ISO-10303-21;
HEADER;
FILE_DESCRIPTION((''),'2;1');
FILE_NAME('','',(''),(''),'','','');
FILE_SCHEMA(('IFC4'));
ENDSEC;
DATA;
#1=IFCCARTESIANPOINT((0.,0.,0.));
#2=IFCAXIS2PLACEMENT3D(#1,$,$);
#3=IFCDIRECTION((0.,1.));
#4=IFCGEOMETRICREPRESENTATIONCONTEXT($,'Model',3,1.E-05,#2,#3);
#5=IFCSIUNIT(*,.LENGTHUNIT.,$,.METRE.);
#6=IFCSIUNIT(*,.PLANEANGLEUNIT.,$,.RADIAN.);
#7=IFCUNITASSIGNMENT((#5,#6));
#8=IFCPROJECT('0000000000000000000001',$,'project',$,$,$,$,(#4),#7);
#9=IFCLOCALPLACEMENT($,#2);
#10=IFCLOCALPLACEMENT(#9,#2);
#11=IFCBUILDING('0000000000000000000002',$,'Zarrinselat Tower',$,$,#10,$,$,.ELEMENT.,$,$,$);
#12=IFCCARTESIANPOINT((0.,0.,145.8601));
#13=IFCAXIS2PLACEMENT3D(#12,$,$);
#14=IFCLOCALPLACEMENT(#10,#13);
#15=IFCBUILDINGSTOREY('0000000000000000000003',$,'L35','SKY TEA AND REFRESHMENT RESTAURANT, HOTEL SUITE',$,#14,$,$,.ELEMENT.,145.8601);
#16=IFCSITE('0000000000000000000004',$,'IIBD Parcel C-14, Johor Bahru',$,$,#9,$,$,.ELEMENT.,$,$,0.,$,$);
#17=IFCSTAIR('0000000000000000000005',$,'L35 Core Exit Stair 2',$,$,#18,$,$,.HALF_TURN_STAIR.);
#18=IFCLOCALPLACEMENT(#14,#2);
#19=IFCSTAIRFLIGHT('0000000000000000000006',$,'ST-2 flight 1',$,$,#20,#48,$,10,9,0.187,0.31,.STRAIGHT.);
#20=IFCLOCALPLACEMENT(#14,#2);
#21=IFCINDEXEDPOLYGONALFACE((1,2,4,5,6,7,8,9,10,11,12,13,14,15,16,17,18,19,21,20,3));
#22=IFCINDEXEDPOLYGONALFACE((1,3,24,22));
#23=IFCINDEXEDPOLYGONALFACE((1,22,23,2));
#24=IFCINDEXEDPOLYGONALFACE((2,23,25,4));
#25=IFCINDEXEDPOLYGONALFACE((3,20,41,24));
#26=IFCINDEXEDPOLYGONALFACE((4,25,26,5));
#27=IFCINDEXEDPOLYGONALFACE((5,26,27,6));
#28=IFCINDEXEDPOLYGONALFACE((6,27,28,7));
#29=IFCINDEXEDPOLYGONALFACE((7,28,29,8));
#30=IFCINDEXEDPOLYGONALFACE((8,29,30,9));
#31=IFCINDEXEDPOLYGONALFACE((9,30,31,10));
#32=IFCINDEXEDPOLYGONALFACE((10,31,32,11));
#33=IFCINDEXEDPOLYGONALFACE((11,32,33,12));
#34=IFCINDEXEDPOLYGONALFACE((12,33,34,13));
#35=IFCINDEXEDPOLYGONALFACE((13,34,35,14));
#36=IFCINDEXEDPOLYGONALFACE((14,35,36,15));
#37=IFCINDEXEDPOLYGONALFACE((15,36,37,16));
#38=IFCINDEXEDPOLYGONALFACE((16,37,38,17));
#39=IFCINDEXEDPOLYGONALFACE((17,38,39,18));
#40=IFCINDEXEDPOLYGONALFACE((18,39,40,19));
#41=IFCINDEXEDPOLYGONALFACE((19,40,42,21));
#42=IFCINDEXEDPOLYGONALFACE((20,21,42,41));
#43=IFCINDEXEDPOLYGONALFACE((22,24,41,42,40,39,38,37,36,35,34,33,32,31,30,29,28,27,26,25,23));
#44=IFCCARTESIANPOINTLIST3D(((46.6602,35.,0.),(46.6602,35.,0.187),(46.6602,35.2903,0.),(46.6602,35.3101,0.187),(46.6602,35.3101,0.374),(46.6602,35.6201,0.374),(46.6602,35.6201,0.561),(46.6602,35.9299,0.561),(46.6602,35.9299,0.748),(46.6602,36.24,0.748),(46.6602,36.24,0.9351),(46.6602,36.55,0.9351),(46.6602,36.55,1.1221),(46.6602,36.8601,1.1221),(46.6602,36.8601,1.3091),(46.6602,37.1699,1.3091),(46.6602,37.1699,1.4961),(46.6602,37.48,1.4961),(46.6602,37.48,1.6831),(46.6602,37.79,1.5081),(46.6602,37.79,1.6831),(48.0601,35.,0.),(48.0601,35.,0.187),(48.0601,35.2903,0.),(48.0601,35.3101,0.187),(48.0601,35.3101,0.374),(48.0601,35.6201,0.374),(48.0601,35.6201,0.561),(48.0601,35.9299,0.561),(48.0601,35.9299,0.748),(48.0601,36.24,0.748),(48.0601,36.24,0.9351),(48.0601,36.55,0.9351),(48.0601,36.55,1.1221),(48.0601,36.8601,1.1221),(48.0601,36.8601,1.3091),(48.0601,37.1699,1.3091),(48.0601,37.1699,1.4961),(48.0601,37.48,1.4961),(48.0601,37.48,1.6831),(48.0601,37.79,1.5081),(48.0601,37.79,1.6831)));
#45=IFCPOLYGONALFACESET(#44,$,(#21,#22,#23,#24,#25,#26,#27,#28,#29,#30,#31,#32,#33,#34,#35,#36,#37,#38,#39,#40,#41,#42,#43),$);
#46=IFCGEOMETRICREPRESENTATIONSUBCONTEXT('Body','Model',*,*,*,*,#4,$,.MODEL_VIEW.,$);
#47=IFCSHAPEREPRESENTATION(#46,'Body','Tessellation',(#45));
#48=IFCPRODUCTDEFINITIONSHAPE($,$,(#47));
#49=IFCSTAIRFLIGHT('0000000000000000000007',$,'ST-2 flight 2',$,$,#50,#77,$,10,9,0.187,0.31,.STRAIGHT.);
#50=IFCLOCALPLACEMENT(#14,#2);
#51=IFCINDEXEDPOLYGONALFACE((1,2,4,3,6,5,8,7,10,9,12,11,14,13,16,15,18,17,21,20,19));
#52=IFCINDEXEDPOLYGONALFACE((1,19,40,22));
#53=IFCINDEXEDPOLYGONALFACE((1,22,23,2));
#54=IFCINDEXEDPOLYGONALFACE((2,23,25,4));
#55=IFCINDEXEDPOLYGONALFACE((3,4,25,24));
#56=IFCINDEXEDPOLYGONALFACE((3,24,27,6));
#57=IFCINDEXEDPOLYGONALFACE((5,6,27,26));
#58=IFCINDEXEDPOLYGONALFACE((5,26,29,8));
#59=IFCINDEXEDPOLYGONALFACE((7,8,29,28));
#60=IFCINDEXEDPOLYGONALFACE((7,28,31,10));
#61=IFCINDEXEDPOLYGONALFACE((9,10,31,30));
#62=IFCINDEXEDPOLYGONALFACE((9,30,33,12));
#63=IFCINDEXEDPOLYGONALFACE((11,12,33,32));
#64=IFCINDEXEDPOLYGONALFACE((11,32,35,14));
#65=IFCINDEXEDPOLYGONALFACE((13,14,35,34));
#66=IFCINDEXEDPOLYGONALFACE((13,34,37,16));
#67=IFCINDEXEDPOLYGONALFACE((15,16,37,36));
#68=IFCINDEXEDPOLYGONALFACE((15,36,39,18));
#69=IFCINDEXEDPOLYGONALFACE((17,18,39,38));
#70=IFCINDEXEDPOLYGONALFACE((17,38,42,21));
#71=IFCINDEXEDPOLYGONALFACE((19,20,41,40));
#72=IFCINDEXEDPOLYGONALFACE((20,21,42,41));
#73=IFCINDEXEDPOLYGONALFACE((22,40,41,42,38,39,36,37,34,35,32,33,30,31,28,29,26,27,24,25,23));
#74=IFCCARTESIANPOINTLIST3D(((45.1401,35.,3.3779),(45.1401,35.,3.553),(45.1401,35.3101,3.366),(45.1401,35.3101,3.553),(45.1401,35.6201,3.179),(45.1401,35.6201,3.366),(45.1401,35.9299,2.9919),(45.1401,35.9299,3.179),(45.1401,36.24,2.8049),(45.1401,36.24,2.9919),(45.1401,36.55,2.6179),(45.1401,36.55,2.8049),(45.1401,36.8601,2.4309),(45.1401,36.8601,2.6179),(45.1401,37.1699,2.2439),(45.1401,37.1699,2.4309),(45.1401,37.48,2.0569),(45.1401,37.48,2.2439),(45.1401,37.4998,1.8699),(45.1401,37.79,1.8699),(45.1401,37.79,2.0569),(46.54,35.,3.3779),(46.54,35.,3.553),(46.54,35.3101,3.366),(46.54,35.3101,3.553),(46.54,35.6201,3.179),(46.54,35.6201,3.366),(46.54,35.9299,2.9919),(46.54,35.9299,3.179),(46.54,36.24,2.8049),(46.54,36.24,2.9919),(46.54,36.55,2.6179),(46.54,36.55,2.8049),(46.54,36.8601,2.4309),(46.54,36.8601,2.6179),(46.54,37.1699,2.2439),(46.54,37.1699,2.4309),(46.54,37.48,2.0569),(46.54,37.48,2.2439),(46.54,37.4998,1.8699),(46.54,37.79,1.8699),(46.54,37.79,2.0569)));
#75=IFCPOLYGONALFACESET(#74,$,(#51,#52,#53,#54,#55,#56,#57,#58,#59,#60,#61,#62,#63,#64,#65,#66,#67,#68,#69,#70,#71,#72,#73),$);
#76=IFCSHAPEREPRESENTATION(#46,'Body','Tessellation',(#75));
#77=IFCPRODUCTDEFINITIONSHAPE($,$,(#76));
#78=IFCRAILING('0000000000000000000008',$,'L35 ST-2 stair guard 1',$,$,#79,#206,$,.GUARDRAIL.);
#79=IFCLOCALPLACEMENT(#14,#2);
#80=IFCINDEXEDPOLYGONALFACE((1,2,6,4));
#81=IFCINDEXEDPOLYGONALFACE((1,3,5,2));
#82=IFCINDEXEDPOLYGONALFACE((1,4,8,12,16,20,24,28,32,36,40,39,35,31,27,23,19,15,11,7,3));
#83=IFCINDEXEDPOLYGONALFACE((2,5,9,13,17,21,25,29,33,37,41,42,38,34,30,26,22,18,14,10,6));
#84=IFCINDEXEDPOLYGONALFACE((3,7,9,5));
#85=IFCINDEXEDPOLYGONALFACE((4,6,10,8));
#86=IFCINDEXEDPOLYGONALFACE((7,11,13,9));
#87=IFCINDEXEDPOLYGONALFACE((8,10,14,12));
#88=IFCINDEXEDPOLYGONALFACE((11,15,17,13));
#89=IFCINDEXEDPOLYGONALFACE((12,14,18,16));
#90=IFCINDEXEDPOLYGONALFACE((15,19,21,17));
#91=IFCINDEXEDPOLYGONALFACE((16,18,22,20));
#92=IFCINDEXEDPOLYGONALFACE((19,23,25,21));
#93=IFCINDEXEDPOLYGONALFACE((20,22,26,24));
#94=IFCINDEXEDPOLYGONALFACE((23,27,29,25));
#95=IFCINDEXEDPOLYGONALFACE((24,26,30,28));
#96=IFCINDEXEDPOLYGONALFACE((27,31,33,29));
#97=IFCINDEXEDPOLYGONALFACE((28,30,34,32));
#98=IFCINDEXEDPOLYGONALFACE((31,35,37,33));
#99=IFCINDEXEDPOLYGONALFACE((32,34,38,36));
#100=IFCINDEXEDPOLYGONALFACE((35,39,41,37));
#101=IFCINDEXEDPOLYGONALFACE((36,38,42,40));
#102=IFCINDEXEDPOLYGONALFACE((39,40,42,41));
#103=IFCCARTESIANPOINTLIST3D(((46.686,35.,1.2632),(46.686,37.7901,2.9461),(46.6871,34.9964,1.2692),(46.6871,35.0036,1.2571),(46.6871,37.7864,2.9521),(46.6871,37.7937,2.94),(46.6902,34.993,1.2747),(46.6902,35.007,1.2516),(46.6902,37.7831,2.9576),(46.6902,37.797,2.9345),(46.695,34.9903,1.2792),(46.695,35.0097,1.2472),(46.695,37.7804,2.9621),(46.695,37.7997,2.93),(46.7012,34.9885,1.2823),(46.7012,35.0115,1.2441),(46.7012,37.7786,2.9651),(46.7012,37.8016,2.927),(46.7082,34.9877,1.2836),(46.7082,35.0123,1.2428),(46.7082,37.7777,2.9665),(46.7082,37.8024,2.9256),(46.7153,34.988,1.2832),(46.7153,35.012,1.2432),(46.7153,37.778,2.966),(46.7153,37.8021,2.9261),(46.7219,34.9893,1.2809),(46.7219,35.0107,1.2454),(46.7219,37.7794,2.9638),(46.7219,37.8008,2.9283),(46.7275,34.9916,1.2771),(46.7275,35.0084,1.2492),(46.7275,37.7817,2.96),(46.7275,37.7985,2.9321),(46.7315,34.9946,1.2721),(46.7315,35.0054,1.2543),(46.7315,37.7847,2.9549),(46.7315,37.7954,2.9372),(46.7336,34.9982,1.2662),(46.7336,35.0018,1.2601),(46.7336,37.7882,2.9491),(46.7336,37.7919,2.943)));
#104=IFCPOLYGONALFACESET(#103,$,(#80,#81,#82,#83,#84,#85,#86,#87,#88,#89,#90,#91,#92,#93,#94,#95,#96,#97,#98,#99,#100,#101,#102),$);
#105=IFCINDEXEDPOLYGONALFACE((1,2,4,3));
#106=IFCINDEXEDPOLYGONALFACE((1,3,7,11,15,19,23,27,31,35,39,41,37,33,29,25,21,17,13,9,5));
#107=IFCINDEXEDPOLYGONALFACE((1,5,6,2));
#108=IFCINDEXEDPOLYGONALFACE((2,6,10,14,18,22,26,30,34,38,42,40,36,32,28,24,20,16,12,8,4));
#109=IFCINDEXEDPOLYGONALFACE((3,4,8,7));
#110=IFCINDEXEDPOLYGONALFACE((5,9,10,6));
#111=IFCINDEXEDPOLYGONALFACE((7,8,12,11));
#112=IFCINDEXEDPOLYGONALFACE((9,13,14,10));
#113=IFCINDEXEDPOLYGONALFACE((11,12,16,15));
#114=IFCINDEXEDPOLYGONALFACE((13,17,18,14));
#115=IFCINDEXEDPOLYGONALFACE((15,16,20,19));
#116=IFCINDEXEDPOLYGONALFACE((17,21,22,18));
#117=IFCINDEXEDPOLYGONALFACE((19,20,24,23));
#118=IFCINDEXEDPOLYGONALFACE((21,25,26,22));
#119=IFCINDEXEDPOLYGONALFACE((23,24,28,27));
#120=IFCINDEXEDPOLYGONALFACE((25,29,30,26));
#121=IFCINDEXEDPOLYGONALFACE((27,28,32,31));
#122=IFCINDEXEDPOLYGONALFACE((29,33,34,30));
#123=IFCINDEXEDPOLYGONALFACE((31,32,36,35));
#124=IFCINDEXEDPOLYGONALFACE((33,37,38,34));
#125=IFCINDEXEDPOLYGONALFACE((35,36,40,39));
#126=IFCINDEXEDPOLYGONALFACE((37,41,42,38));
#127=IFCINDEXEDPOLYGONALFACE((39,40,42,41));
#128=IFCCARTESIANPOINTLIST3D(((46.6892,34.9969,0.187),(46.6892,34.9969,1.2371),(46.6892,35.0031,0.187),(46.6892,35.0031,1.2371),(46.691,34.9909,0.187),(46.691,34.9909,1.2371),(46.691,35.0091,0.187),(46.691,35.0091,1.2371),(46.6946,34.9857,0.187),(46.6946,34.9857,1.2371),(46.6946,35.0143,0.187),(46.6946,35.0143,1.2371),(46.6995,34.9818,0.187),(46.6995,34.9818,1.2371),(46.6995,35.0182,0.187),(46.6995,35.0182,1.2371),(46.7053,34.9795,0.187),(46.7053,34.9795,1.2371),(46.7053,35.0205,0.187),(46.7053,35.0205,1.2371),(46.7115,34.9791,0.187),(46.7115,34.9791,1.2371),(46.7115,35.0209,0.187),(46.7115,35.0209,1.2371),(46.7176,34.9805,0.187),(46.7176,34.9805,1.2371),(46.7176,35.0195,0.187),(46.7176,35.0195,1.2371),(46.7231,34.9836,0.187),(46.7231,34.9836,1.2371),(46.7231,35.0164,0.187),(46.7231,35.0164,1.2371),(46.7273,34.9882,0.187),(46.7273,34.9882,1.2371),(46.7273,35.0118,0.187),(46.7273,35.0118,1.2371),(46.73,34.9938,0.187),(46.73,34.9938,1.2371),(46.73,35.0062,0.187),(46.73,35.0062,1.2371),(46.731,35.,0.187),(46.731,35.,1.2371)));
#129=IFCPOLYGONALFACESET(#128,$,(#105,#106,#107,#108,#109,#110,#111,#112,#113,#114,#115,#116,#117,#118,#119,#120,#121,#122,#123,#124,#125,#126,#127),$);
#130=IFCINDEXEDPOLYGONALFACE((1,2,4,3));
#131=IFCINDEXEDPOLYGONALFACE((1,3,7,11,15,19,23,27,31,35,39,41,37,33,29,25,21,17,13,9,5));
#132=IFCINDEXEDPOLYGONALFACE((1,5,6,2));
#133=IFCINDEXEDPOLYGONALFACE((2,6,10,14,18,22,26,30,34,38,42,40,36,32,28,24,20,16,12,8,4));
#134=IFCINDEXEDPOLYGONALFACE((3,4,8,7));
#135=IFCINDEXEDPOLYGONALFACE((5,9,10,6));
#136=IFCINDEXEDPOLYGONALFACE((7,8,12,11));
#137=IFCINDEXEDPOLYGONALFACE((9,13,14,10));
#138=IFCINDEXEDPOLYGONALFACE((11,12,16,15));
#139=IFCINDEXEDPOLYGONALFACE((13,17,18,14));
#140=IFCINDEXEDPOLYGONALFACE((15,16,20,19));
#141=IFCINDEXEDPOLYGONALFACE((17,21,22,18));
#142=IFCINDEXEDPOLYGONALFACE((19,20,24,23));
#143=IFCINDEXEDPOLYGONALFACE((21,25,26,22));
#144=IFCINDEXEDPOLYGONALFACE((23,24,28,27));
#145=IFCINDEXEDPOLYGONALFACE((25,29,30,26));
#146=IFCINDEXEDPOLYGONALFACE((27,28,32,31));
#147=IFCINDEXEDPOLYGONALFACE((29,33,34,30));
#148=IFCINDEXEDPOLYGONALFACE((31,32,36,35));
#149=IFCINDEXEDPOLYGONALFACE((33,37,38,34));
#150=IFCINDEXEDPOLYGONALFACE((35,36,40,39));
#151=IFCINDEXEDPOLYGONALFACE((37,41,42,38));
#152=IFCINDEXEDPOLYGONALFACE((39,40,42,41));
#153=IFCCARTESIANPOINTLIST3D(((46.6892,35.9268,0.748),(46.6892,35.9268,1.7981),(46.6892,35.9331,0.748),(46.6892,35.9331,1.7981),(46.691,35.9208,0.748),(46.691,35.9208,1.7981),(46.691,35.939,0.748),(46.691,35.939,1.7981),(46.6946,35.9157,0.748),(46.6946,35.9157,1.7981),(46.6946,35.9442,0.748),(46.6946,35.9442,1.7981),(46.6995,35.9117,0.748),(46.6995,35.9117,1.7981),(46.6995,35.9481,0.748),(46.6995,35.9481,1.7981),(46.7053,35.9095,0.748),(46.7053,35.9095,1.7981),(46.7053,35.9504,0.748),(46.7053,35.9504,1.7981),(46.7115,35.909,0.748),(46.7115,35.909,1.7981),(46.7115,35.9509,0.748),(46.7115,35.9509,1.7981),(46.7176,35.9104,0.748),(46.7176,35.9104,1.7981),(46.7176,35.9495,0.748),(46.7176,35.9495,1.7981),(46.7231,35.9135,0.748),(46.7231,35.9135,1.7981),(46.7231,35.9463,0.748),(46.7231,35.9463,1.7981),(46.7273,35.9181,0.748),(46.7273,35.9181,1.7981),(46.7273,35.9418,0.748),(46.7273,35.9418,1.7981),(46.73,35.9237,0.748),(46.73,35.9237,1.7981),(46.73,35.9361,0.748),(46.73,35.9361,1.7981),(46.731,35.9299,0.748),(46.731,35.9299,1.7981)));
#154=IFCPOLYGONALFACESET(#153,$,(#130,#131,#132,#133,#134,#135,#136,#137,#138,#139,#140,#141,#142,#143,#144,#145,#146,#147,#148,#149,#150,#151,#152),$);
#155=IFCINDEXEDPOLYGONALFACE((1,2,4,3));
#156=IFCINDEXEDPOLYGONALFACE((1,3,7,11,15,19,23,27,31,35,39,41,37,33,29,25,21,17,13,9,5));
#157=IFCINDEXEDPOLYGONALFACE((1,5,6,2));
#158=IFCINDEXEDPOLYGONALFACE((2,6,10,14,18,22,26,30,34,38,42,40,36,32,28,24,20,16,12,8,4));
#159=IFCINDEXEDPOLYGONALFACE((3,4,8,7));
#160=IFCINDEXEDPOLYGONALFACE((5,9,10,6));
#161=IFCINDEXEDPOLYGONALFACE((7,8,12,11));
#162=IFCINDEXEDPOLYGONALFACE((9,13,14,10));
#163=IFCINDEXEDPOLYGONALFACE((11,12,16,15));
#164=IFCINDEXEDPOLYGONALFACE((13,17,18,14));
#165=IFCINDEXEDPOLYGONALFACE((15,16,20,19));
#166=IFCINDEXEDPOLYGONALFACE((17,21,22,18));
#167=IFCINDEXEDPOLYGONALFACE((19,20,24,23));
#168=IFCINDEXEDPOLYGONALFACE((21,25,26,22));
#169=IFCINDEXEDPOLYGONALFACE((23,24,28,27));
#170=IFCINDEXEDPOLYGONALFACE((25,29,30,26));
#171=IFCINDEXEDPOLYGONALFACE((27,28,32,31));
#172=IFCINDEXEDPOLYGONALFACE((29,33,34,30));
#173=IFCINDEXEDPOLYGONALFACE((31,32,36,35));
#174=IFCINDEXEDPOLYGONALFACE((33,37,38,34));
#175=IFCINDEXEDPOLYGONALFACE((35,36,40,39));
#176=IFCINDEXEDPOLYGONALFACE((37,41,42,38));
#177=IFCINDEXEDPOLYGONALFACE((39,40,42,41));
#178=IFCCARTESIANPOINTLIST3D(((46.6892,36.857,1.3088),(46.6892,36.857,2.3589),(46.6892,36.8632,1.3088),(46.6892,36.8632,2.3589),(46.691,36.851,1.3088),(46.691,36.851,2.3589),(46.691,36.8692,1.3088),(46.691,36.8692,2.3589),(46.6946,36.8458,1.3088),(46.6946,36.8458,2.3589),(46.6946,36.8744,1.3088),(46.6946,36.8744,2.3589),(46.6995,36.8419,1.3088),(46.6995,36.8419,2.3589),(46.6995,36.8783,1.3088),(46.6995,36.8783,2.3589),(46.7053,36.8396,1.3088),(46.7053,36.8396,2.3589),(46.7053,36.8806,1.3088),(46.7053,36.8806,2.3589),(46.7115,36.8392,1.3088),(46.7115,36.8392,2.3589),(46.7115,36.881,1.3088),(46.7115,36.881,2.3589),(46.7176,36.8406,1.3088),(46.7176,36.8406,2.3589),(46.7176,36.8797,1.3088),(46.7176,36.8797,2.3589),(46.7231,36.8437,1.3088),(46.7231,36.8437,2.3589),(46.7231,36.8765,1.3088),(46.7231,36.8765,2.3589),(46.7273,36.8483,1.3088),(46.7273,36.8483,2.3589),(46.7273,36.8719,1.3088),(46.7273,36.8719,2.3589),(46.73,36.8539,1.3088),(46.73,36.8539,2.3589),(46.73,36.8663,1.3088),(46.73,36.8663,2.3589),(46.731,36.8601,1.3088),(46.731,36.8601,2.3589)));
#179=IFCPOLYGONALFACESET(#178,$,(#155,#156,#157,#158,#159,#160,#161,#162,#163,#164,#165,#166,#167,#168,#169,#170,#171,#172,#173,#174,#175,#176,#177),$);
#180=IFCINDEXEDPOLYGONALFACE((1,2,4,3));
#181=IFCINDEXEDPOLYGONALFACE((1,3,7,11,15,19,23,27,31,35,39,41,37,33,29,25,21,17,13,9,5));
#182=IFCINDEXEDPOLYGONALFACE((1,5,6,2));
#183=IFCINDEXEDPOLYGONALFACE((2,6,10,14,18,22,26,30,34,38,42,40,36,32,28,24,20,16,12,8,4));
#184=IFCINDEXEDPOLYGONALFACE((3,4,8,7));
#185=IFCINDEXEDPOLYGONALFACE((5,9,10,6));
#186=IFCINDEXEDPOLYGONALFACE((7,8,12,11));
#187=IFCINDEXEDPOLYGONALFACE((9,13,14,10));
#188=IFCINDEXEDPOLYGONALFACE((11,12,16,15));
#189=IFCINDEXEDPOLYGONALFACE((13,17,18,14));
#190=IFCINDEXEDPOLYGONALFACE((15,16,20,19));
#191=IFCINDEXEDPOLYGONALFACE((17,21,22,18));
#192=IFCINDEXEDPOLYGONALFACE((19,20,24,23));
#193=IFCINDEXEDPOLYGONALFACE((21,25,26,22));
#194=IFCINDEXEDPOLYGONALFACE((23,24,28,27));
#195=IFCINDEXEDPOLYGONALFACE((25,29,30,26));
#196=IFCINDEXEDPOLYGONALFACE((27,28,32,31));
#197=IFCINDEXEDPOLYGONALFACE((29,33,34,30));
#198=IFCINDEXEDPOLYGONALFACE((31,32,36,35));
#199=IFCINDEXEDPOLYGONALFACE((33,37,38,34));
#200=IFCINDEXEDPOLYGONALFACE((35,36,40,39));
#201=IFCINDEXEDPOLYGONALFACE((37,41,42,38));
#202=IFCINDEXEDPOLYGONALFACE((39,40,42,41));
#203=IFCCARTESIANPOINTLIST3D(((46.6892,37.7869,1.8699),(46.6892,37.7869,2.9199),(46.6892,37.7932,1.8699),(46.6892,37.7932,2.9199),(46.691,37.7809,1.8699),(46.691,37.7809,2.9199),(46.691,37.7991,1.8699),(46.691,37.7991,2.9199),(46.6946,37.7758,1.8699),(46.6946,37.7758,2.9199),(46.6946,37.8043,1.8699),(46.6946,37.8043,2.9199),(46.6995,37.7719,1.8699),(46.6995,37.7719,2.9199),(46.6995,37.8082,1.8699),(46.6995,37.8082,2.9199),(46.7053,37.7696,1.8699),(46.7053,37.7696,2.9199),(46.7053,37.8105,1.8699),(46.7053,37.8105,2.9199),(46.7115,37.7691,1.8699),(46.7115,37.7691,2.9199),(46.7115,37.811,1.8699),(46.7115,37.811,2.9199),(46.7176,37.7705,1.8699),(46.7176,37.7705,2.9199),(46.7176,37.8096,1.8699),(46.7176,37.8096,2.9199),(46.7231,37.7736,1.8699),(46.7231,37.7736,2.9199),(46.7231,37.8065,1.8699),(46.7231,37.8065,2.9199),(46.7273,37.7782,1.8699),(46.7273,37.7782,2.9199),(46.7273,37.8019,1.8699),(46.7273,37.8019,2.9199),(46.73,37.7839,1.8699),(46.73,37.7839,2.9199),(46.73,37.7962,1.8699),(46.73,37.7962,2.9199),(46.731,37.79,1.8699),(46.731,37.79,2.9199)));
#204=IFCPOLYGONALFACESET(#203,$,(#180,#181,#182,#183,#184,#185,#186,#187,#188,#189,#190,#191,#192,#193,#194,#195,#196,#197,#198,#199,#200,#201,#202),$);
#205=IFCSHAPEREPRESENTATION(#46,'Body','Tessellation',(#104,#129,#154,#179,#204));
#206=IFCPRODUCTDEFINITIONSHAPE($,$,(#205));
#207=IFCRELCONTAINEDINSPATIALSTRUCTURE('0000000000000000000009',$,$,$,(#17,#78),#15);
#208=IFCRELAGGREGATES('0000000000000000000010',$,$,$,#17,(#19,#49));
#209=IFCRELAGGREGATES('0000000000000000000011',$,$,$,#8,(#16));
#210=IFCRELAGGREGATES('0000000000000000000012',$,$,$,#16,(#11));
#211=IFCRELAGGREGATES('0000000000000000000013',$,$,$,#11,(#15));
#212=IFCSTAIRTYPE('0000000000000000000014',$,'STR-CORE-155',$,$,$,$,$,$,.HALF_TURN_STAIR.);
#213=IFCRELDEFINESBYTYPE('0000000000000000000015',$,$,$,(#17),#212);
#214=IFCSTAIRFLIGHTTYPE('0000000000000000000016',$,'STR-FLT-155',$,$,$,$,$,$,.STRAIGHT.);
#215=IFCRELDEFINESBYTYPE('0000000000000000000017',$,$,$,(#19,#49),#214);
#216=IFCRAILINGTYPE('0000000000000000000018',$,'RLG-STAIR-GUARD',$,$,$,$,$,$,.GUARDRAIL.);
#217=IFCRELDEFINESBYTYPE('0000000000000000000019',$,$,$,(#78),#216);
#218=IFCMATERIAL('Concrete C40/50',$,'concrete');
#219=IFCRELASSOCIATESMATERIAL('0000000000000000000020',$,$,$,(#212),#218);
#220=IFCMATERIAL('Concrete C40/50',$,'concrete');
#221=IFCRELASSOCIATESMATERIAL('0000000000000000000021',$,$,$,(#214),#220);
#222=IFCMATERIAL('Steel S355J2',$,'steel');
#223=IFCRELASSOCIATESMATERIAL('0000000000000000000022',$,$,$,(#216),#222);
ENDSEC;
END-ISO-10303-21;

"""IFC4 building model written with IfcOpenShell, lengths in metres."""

from ifc_helpers import new_model, si_unit, direction, frame, origin, origin_2d, place, context, subcontext, project, spatial, polyline, circle, outline, extrude, material, type_object, element, aggregate, save


model = new_model("IFC4")

# Units and contexts
model_context = context("Model", 3, precision=1e-05, world=origin(), true_north=direction((0.0, 1.0)))
body_context = subcontext(model_context, "Body", "Model", "MODEL_VIEW")
ifc_project = project(units=[si_unit("LENGTHUNIT", "METRE"), si_unit("PLANEANGLEUNIT", "RADIAN")], contexts=[model_context])

# Site, building, storey
site_placement = place(None, origin())
site = spatial("IfcSite", under=ifc_project, at=site_placement, Name="IIBD Parcel C-14, Johor Bahru", CompositionType="ELEMENT", RefElevation=0.0)
building_placement = place(site_placement, origin())
building = spatial("IfcBuilding", under=site, at=building_placement, Name="Zarrinselat Tower", CompositionType="ELEMENT")
storey_placement = place(building_placement, frame((0.0, 0.0, 145.8601)))
storey = spatial("IfcBuildingStorey", under=building, at=storey_placement, Name="L35", Description="SKY TEA AND REFRESHMENT RESTAURANT, HOTEL SUITE", CompositionType="ELEMENT", Elevation=145.8601)

# Stair, stair flights
ifc_material_1 = material(Name="Concrete C40/50", Category="concrete")
stair_type = type_object("IfcStairType", Name="STR-CORE-155", PredefinedType="HALF_TURN_STAIR", material=ifc_material_1)
stair_placement = place(storey_placement, origin())
stair = element("IfcStair", 1, at=stair_placement, inside=storey, type_object=stair_type, Name="L35 Core Exit Stair 2", PredefinedType="HALF_TURN_STAIR")
ifc_material_2 = material(Name="Concrete C40/50", Category="concrete")
stair_flight_type = type_object("IfcStairFlightType", Name="STR-FLT-155", PredefinedType="STRAIGHT", material=ifc_material_2)
stair_flight_1_placement = place(storey_placement, frame((47.3601, 35.0, 0.0), z_axis=(0.0, 0.0, 1.0), x_axis=(0.0, 1.0, 0.0)))
stair_flight_1 = element("IfcStairFlight", 2, at=stair_flight_1_placement, type_object=stair_flight_type, Name="ST-2 flight 1", NumberOfRisers=10, NumberOfTreads=9, PredefinedType="STRAIGHT", RiserHeight=0.187, TreadLength=0.31, context=body_context, shape_type="SweptSolid", body=[
    extrude(outline(polyline([(0.0, 0.0), (0.0, 0.187), (0.3101, 0.187), (0.3101, 0.374), (0.6201, 0.374), (0.6201, 0.561), (0.9299, 0.561), (0.9299, 0.748), (1.24, 0.748), (1.24, 0.9351), (1.55, 0.9351), (1.55, 1.1221), (1.8601, 1.1221), (1.8601, 1.3091), (2.1699, 1.3091), (2.1699, 1.4961), (2.48, 1.4961), (2.48, 1.6831), (2.79, 1.6831), (2.79, 1.8701), (2.79, 1.5081), (0.2903, 0.0), (0.0, 0.0)])), frame((0.0, 0.7, 0.0), z_axis=(0.0, -1.0, 0.0), x_axis=(1.0, 0.0, 0.0)), (0.0, 0.0, 1.0), 1.3999),
])
stair_flight_2_placement = place(storey_placement, frame((45.8401, 37.79, 1.8699), z_axis=(0.0, 0.0, 1.0), x_axis=(0.0, -1.0, 0.0)))
stair_flight_2 = element("IfcStairFlight", 3, at=stair_flight_2_placement, type_object=stair_flight_type, Name="ST-2 flight 2", NumberOfRisers=10, NumberOfTreads=9, PredefinedType="STRAIGHT", RiserHeight=0.187, TreadLength=0.31, context=body_context, shape_type="SweptSolid", body=[
    extrude(outline(polyline([(0.0, 0.0), (0.0, 0.187), (0.3101, 0.187), (0.3101, 0.374), (0.6201, 0.374), (0.6201, 0.561), (0.9299, 0.561), (0.9299, 0.748), (1.24, 0.748), (1.24, 0.9351), (1.55, 0.9351), (1.55, 1.1221), (1.8601, 1.1221), (1.8601, 1.3091), (2.1699, 1.3091), (2.1699, 1.4961), (2.48, 1.4961), (2.48, 1.6831), (2.79, 1.6831), (2.79, 1.8701), (2.79, 1.5081), (0.2903, 0.0), (0.0, 0.0)])), frame((0.0, 0.7, 0.0), z_axis=(0.0, -1.0, 0.0), x_axis=(1.0, 0.0, 0.0)), (0.0, 0.0, 1.0), 1.3999),
])
aggregate(stair, [stair_flight_1, stair_flight_2])

# Railing
ifc_material_3 = material(Name="Steel S355J2", Category="steel")
railing_type_1 = type_object("IfcRailingType", Name="RLG-STAIR-GUARD", PredefinedType="GUARDRAIL", material=ifc_material_3)
railing_1_placement = place(storey_placement, frame((46.71, 35.0, 0.187)))
element("IfcRailing", 4, at=railing_1_placement, inside=storey, type_object=railing_type_1, Name="L35 ST-2 stair guard 1", PredefinedType="GUARDRAIL", context=body_context, shape_type="SweptSolid", body=[
    extrude(circle(Radius=0.0239, at=origin_2d()), frame((0.0, 0.0, 1.0762), z_axis=(0.0, 0.856294, 0.516489), x_axis=(-1.0, 0.0, 0.0)), (0.0, 0.0, 1.0), 3.2583),
    extrude(circle(Radius=0.021, at=origin_2d()), origin(), (0.0, 0.0, 1.0), 1.05),
    extrude(circle(Radius=0.021, at=origin_2d()), frame((0.0, 0.9299, 0.561)), (0.0, 0.0, 1.0), 1.05),
    extrude(circle(Radius=0.021, at=origin_2d()), frame((0.0, 1.8601, 1.1218)), (0.0, 0.0, 1.0), 1.05),
    extrude(circle(Radius=0.021, at=origin_2d()), frame((0.0, 2.79, 1.6829)), (0.0, 0.0, 1.0), 1.05),
])

save(model, "model.ifc")
